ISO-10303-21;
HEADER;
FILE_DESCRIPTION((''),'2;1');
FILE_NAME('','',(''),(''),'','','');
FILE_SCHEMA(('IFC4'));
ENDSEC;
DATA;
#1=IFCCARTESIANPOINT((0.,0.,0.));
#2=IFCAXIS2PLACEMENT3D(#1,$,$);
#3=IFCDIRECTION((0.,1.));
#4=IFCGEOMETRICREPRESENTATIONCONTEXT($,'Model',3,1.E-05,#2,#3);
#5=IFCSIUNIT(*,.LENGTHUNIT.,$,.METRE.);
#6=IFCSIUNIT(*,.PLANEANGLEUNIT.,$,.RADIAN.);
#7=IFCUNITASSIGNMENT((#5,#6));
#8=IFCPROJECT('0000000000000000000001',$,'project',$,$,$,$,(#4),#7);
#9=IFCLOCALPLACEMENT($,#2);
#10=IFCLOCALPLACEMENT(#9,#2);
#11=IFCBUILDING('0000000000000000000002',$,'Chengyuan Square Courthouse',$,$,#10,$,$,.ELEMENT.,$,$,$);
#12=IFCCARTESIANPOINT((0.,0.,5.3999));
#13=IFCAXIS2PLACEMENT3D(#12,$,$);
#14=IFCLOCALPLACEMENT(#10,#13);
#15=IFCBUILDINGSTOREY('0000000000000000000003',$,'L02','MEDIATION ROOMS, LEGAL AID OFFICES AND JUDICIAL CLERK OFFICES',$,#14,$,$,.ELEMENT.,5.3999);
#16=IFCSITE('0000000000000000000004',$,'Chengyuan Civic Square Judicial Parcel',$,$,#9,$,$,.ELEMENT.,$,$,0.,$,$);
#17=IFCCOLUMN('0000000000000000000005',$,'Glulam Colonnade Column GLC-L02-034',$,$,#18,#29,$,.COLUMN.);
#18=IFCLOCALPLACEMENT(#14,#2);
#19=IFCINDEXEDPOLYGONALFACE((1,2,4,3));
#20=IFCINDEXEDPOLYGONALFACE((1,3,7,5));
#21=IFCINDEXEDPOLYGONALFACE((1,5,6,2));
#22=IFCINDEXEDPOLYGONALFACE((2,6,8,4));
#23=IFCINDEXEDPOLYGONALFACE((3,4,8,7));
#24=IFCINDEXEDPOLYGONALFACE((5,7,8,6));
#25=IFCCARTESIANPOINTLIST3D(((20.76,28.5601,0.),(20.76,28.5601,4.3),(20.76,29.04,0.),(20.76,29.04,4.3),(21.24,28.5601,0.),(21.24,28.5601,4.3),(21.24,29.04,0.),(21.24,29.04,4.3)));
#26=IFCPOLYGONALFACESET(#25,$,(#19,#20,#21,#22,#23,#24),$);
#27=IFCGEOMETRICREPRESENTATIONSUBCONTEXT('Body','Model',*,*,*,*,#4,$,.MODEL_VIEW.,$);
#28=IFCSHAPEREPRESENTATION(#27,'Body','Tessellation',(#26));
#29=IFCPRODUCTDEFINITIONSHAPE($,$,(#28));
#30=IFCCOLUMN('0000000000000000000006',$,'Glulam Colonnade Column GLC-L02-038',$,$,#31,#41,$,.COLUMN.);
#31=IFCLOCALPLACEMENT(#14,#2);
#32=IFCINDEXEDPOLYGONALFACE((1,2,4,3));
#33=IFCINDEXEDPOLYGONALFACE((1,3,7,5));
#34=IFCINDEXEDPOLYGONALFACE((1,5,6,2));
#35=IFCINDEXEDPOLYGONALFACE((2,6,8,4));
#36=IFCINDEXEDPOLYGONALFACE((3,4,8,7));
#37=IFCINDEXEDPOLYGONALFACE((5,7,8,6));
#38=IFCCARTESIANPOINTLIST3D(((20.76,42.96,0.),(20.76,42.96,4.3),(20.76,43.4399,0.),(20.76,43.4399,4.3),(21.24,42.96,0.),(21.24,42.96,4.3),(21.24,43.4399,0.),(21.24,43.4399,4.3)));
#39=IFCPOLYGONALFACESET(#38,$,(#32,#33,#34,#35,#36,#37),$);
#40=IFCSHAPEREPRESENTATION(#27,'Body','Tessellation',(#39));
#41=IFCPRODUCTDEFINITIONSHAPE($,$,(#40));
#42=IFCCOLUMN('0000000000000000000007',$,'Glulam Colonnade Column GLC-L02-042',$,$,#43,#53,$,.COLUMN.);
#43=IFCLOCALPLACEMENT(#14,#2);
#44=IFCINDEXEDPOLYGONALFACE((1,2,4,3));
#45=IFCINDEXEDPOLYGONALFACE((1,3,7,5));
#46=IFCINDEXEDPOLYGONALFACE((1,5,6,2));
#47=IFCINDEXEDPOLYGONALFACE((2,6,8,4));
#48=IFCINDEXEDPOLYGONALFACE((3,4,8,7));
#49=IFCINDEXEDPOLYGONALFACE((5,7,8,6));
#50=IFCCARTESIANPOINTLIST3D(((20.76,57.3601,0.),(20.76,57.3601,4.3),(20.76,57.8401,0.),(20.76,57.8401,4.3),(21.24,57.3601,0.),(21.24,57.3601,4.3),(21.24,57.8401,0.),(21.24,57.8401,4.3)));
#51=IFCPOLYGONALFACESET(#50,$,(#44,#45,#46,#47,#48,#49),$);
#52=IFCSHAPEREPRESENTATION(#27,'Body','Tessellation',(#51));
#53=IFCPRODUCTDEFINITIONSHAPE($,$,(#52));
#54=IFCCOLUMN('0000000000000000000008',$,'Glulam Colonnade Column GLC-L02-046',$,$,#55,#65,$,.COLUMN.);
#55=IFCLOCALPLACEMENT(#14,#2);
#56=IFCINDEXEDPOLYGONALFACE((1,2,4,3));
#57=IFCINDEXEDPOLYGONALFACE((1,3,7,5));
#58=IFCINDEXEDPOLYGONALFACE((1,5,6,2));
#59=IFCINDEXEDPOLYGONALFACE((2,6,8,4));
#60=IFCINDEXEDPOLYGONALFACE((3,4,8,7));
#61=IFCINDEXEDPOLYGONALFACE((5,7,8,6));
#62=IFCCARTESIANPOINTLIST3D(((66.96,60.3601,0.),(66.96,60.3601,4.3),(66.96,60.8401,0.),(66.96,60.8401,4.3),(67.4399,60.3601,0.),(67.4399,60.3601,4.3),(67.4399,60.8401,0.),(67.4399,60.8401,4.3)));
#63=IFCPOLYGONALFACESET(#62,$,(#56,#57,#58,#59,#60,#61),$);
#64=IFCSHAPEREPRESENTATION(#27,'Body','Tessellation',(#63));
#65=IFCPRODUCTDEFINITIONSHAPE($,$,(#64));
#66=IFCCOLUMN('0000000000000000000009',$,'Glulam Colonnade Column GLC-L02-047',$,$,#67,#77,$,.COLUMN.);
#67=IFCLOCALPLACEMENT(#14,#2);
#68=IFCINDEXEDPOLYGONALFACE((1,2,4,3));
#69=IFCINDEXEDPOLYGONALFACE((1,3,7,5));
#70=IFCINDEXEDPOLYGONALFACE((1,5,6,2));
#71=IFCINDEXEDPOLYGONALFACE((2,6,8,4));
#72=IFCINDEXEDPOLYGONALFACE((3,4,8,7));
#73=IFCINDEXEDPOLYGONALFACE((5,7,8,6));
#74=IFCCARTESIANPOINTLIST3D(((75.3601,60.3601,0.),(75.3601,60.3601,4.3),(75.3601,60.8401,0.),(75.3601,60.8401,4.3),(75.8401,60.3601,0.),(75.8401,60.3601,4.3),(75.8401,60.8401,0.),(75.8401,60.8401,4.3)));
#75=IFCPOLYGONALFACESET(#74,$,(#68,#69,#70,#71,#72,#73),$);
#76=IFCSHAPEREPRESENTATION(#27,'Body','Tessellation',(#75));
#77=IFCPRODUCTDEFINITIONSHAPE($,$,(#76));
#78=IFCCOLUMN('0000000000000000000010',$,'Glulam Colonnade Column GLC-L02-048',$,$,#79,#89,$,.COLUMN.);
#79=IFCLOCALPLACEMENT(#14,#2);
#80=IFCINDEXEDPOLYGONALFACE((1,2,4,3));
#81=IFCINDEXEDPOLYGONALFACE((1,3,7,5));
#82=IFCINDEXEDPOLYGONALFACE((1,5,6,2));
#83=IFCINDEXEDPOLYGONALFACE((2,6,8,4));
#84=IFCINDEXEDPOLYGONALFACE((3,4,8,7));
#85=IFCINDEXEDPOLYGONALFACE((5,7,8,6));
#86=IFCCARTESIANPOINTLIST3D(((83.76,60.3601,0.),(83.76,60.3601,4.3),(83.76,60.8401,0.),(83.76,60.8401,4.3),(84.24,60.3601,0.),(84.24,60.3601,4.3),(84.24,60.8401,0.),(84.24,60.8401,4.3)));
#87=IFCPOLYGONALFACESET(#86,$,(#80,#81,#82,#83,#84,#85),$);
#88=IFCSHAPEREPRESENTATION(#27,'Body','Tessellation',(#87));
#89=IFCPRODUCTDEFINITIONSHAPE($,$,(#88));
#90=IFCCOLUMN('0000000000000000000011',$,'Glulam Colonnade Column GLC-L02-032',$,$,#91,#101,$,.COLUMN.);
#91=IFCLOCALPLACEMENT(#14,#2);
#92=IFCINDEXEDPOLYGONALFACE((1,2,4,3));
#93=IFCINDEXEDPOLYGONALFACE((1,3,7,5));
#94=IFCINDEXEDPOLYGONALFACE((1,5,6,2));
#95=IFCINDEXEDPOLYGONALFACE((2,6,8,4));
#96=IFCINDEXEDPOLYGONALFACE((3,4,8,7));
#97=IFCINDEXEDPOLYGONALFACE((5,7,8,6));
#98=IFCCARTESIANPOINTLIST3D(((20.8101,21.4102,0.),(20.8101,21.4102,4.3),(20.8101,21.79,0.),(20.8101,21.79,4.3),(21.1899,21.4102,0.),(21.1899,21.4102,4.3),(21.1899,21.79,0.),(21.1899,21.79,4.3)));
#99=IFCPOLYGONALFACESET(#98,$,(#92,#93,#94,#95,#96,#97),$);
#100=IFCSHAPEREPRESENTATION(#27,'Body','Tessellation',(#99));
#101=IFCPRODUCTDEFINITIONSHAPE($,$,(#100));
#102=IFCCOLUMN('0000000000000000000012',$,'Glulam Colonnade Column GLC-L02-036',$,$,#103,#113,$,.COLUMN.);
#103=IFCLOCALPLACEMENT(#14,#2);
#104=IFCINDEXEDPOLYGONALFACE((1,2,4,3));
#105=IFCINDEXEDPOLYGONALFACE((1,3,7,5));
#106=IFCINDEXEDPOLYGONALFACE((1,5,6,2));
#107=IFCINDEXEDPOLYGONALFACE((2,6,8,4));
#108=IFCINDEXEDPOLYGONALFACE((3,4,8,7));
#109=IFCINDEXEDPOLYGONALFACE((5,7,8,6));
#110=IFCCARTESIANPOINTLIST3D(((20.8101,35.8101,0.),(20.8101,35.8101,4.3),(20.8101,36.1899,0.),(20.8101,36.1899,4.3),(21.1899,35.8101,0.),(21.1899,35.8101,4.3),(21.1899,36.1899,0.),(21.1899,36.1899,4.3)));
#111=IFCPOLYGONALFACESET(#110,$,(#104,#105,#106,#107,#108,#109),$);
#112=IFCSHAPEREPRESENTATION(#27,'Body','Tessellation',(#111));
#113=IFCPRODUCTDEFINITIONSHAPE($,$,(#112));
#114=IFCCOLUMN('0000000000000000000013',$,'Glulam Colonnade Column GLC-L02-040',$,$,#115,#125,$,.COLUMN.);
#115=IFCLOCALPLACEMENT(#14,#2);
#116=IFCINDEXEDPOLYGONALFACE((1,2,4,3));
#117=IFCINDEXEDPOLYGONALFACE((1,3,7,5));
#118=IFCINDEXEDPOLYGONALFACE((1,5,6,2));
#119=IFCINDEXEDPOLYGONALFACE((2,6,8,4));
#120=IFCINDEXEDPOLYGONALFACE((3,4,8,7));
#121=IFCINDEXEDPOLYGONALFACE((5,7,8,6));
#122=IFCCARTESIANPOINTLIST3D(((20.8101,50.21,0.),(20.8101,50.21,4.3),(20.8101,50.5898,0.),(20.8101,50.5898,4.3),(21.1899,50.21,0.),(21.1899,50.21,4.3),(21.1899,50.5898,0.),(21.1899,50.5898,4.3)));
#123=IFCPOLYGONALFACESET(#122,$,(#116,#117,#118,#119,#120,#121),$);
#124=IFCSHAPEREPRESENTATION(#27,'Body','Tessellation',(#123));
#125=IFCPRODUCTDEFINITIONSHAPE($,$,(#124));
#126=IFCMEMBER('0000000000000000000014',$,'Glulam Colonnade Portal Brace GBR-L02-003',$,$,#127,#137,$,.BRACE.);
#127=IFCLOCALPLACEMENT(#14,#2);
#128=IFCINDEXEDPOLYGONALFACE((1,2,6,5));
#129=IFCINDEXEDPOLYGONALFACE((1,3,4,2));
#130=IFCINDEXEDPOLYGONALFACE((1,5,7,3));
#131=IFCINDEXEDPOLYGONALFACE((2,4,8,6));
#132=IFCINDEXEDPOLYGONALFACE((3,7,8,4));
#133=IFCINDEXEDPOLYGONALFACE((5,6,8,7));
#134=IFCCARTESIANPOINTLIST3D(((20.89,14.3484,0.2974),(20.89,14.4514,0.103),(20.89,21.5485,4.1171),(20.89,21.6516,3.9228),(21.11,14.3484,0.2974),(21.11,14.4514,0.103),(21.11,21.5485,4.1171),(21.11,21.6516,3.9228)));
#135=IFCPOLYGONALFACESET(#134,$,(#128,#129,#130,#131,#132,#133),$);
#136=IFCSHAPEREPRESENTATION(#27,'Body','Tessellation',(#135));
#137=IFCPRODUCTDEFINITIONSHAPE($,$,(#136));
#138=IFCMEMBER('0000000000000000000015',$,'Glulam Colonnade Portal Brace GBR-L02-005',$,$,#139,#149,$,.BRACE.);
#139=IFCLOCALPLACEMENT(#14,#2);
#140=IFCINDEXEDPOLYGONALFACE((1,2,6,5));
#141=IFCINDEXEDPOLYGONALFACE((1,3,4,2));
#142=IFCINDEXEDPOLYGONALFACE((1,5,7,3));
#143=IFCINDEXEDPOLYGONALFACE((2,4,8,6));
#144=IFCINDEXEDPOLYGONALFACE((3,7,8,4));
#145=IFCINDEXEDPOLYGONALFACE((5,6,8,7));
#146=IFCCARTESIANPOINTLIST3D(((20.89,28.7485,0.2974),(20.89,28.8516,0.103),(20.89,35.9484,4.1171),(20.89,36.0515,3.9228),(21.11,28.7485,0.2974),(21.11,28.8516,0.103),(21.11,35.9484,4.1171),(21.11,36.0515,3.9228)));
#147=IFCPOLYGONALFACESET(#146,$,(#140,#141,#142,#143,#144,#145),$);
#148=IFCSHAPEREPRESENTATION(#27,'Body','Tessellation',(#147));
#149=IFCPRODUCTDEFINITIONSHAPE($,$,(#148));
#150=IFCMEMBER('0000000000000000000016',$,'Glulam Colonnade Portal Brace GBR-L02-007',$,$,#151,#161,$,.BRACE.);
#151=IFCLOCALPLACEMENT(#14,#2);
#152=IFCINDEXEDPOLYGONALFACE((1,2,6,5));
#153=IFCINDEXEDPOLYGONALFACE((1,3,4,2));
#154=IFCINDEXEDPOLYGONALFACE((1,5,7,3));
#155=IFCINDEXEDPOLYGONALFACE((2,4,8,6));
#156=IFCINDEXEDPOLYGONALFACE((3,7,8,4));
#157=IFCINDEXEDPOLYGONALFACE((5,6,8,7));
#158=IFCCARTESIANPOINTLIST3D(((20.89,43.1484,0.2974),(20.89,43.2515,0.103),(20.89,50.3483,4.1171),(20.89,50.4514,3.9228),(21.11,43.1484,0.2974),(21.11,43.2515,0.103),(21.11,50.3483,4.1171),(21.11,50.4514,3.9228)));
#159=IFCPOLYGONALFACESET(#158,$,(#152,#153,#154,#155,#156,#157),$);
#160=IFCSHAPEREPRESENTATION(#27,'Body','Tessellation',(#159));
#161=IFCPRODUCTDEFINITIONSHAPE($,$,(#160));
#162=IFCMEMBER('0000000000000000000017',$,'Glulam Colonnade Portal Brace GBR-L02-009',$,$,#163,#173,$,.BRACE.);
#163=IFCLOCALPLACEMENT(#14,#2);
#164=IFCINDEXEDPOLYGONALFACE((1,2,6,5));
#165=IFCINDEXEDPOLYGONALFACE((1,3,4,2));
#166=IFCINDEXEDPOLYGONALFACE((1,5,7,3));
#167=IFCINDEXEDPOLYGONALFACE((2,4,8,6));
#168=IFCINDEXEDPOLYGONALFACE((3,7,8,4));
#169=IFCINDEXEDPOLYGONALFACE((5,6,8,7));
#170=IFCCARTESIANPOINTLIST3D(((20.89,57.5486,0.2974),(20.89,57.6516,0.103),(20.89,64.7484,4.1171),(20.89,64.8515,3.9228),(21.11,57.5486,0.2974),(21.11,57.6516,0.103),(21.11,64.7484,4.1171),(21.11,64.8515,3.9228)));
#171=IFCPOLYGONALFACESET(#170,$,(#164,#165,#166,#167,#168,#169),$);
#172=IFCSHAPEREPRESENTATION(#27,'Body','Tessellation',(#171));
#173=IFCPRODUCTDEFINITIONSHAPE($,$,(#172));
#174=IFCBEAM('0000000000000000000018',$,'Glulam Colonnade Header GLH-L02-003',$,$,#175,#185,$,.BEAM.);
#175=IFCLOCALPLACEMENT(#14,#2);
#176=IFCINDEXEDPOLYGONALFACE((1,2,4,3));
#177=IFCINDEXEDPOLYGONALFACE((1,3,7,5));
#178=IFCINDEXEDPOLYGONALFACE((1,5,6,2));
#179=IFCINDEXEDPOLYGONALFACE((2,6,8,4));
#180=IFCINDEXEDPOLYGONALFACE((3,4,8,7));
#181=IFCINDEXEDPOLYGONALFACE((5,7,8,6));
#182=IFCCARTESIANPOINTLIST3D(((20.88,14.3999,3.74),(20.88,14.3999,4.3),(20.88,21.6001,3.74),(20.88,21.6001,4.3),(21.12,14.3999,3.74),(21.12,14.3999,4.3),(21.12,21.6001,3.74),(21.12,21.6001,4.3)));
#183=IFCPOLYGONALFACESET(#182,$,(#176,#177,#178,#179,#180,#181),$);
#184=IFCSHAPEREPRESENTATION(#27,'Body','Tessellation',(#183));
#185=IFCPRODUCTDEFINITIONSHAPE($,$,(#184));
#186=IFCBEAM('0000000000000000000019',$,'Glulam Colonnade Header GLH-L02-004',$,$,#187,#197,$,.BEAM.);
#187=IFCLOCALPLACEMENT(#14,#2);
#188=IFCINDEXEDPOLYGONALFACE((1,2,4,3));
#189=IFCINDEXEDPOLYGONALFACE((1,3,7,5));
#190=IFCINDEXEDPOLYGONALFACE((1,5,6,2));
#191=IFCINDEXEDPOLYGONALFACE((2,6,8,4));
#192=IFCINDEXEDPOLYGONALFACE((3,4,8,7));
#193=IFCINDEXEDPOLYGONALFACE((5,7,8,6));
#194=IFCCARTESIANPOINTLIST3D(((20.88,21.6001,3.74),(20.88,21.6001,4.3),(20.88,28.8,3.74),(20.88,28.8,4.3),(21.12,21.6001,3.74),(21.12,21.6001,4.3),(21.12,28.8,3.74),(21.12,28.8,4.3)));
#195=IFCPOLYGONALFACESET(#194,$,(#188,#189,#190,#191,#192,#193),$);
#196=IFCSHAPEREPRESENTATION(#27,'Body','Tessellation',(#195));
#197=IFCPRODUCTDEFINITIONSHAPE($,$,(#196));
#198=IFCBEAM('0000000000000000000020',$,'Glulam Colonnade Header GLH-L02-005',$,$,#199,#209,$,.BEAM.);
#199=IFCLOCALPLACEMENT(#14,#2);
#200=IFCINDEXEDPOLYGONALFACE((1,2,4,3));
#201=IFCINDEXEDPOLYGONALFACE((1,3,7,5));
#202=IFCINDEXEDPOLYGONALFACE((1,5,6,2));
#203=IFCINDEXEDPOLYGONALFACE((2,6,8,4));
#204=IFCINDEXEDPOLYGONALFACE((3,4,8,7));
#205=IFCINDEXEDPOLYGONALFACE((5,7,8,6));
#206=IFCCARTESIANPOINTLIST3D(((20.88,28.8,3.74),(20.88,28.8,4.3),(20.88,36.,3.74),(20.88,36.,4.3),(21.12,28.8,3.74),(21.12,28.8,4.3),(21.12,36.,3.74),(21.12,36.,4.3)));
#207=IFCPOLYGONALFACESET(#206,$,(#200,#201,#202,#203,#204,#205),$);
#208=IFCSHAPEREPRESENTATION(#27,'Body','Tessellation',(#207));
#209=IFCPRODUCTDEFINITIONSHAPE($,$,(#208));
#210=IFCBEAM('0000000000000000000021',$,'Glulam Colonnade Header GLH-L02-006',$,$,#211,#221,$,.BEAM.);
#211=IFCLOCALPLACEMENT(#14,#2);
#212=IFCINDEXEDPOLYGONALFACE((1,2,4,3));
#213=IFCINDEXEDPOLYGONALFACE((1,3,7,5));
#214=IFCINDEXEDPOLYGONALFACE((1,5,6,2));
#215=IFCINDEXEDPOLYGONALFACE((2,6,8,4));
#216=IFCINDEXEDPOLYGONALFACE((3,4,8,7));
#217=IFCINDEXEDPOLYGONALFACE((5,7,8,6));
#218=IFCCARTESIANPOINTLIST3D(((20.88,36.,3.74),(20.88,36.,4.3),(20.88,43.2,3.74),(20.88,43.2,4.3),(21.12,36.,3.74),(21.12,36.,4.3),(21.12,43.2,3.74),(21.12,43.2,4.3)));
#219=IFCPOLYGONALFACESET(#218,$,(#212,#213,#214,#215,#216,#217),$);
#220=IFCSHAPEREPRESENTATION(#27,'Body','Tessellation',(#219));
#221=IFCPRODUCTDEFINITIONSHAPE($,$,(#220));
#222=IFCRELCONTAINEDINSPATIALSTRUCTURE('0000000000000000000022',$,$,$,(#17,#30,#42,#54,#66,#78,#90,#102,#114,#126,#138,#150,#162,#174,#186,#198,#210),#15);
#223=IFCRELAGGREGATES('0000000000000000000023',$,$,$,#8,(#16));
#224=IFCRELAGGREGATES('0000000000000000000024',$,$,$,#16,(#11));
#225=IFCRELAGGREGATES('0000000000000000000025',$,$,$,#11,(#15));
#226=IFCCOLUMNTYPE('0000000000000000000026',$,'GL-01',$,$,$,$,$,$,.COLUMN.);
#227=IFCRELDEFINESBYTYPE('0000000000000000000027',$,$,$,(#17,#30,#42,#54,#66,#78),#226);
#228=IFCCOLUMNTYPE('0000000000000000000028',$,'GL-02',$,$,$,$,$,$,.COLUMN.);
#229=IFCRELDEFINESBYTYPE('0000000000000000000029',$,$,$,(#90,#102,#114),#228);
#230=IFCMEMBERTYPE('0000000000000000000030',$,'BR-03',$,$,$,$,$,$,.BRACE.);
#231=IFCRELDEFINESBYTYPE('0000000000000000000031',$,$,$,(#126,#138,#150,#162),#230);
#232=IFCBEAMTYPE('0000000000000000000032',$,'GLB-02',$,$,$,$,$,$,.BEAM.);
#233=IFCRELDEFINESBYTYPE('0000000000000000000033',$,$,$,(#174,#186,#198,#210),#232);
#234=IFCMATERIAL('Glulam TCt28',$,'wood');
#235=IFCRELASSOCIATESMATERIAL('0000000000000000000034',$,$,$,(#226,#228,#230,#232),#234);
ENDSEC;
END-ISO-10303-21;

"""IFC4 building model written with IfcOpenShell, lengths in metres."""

from ifc_helpers import new_model, si_unit, direction, frame, origin, origin_2d, place, context, subcontext, project, spatial, rectangle, extrude, material, material_profile, profile_set, type_object, element, save


model = new_model("IFC4")

# Units and contexts
model_context = context("Model", 3, precision=1e-05, world=origin(), true_north=direction((0.0, 1.0)))
body_context = subcontext(model_context, "Body", "Model", "MODEL_VIEW")
ifc_project = project(units=[si_unit("LENGTHUNIT", "METRE"), si_unit("PLANEANGLEUNIT", "RADIAN")], contexts=[model_context])

# Site, building, storey
site_placement = place(None, origin())
site = spatial("IfcSite", under=ifc_project, at=site_placement, Name="Chengyuan Civic Square Judicial Parcel", CompositionType="ELEMENT", RefElevation=0.0)
building_placement = place(site_placement, origin())
building = spatial("IfcBuilding", under=site, at=building_placement, Name="Chengyuan Square Courthouse", CompositionType="ELEMENT")
storey_placement = place(building_placement, frame((0.0, 0.0, 5.3999)))
storey = spatial("IfcBuildingStorey", under=building, at=storey_placement, Name="L02", Description="MEDIATION ROOMS, LEGAL AID OFFICES AND JUDICIAL CLERK OFFICES", CompositionType="ELEMENT", Elevation=5.3999)

# Columns
ifc_material_1 = material(Name="Glulam TCt28", Category="wood")
ifc_material_profile_1 = material_profile(ifc_material_1, rectangle(XDim=0.48, YDim=0.48, at=origin_2d()), Name="GL-COL-480x480")
ifc_profile_set_1 = profile_set([ifc_material_profile_1], Name="Glulam TCt28")
column_type_1 = type_object("IfcColumnType", Name="GL-01", PredefinedType="COLUMN", material=ifc_profile_set_1)
for number, where, z_axis, x_axis, name in (
    (1, (21.0, 28.8, 0.0), (0.0, 0.0, 1.0), (1.0, 0.0, 0.0), "Glulam Colonnade Column GLC-L02-034"),
    (2, (21.0, 43.2, 0.0), (0.0, 0.0, 1.0), (1.0, 0.0, 0.0), "Glulam Colonnade Column GLC-L02-038"),
    (3, (21.0, 57.6001, 0.0), (0.0, 0.0, 1.0), (1.0, 0.0, 0.0), "Glulam Colonnade Column GLC-L02-042"),
    (4, (67.2, 60.6001, 0.0), (0.0, 0.0, 1.0), (1.0, 0.0, 0.0), "Glulam Colonnade Column GLC-L02-046"),
    (5, (75.6001, 60.6001, 0.0), (0.0, 0.0, 1.0), (1.0, 0.0, 0.0), "Glulam Colonnade Column GLC-L02-047"),
    (6, (84.0, 60.6001, 0.0), (0.0, 0.0, 1.0), (1.0, 0.0, 0.0), "Glulam Colonnade Column GLC-L02-048"),
):
    element("IfcColumn", number, at=place(storey_placement, frame(where, z_axis=z_axis, x_axis=x_axis)), inside=storey, type_object=column_type_1, Name=name, PredefinedType="COLUMN", context=body_context, shape_type="SweptSolid", body=[
        extrude(rectangle(XDim=0.48, YDim=0.48, at=origin_2d()), origin(), (0.0, 0.0, 1.0), 4.3),
    ])
ifc_material_profile_2 = material_profile(ifc_material_1, rectangle(XDim=0.3799, YDim=0.3799, at=origin_2d()), Name="GL-COL-380x380")
ifc_profile_set_2 = profile_set([ifc_material_profile_2], Name="Glulam TCt28")
column_type_2 = type_object("IfcColumnType", Name="GL-02", PredefinedType="COLUMN", material=ifc_profile_set_2)
for number, where, z_axis, x_axis, name in (
    (7, (21.0, 21.6001, 0.0), (0.0, 0.0, 1.0), (1.0, 0.0, 0.0), "Glulam Colonnade Column GLC-L02-032"),
    (8, (21.0, 36.0, 0.0), (0.0, 0.0, 1.0), (1.0, 0.0, 0.0), "Glulam Colonnade Column GLC-L02-036"),
    (9, (21.0, 50.3999, 0.0), (0.0, 0.0, 1.0), (1.0, 0.0, 0.0), "Glulam Colonnade Column GLC-L02-040"),
):
    element("IfcColumn", number, at=place(storey_placement, frame(where, z_axis=z_axis, x_axis=x_axis)), inside=storey, type_object=column_type_2, Name=name, PredefinedType="COLUMN", context=body_context, shape_type="SweptSolid", body=[
        extrude(rectangle(XDim=0.3799, YDim=0.3799, at=origin_2d()), origin(), (0.0, 0.0, 1.0), 4.3),
    ])

# Members
ifc_material_profile_3 = material_profile(ifc_material_1, rectangle(XDim=0.22, YDim=0.22, at=origin_2d()), Name="GL-BR-220x220")
ifc_profile_set_3 = profile_set([ifc_material_profile_3], Name="Glulam TCt28")
member_type_1 = type_object("IfcMemberType", Name="BR-03", PredefinedType="BRACE", material=ifc_profile_set_3)
member_placement = place(storey_placement, frame((21.0, 14.3999, 0.2002), z_axis=(0.0, 0.883384, 0.46865), x_axis=(-1.0, 0.0, 0.0)))
element("IfcMember", 10, at=member_placement, inside=storey, type_object=member_type_1, Name="Glulam Colonnade Portal Brace GBR-L02-003", PredefinedType="BRACE", context=body_context, shape_type="SweptSolid", body=[
    extrude(rectangle(XDim=0.22, YDim=0.22, at=origin_2d()), origin(), (0.0, 0.0, 1.0), 8.1506),
])
for number, where, z_axis, x_axis, name in (
    (11, (21.0, 28.8, 0.2002), (0.0, 0.883377, 0.468662), (-1.0, 0.0, 0.0), "Glulam Colonnade Portal Brace GBR-L02-005"),
    (12, (21.0, 43.2, 0.2002), (0.0, 0.883377, 0.468662), (-1.0, 0.0, 0.0), "Glulam Colonnade Portal Brace GBR-L02-007"),
    (13, (21.0, 57.6001, 0.2002), (0.0, 0.883377, 0.468662), (-1.0, 0.0, 0.0), "Glulam Colonnade Portal Brace GBR-L02-009"),
):
    element("IfcMember", number, at=place(storey_placement, frame(where, z_axis=z_axis, x_axis=x_axis)), inside=storey, type_object=member_type_1, Name=name, PredefinedType="BRACE", context=body_context, shape_type="SweptSolid", body=[
        extrude(rectangle(XDim=0.22, YDim=0.22, at=origin_2d()), origin(), (0.0, 0.0, 1.0), 8.1504),
    ])

# Beams
ifc_material_profile_4 = material_profile(ifc_material_1, rectangle(XDim=0.24, YDim=0.5601, at=origin_2d()), Name="GL-BM-240x560")
ifc_profile_set_4 = profile_set([ifc_material_profile_4], Name="Glulam TCt28")
beam_type = type_object("IfcBeamType", Name="GLB-02", PredefinedType="BEAM", material=ifc_profile_set_4)
beam_1_placement = place(storey_placement, frame((21.0, 14.3999, 4.02), z_axis=(0.0, 1.0, 0.0), x_axis=(-1.0, 0.0, 0.0)))
element("IfcBeam", 14, at=beam_1_placement, inside=storey, type_object=beam_type, Name="Glulam Colonnade Header GLH-L02-003", PredefinedType="BEAM", context=body_context, shape_type="SweptSolid", body=[
    extrude(rectangle(XDim=0.24, YDim=0.5601, at=origin_2d()), origin(), (0.0, 0.0, 1.0), 7.2002),
])
for number, where, z_axis, x_axis, name in (
    (15, (21.0, 21.6001, 4.02), (0.0, 1.0, 0.0), (-1.0, 0.0, 0.0), "Glulam Colonnade Header GLH-L02-004"),
    (16, (21.0, 28.8, 4.02), (0.0, 1.0, 0.0), (-1.0, 0.0, 0.0), "Glulam Colonnade Header GLH-L02-005"),
    (17, (21.0, 36.0, 4.02), (0.0, 1.0, 0.0), (-1.0, 0.0, 0.0), "Glulam Colonnade Header GLH-L02-006"),
):
    element("IfcBeam", number, at=place(storey_placement, frame(where, z_axis=z_axis, x_axis=x_axis)), inside=storey, type_object=beam_type, Name=name, PredefinedType="BEAM", context=body_context, shape_type="SweptSolid", body=[
        extrude(rectangle(XDim=0.24, YDim=0.5601, at=origin_2d()), origin(), (0.0, 0.0, 1.0), 7.2),
    ])

save(model, "model.ifc")
